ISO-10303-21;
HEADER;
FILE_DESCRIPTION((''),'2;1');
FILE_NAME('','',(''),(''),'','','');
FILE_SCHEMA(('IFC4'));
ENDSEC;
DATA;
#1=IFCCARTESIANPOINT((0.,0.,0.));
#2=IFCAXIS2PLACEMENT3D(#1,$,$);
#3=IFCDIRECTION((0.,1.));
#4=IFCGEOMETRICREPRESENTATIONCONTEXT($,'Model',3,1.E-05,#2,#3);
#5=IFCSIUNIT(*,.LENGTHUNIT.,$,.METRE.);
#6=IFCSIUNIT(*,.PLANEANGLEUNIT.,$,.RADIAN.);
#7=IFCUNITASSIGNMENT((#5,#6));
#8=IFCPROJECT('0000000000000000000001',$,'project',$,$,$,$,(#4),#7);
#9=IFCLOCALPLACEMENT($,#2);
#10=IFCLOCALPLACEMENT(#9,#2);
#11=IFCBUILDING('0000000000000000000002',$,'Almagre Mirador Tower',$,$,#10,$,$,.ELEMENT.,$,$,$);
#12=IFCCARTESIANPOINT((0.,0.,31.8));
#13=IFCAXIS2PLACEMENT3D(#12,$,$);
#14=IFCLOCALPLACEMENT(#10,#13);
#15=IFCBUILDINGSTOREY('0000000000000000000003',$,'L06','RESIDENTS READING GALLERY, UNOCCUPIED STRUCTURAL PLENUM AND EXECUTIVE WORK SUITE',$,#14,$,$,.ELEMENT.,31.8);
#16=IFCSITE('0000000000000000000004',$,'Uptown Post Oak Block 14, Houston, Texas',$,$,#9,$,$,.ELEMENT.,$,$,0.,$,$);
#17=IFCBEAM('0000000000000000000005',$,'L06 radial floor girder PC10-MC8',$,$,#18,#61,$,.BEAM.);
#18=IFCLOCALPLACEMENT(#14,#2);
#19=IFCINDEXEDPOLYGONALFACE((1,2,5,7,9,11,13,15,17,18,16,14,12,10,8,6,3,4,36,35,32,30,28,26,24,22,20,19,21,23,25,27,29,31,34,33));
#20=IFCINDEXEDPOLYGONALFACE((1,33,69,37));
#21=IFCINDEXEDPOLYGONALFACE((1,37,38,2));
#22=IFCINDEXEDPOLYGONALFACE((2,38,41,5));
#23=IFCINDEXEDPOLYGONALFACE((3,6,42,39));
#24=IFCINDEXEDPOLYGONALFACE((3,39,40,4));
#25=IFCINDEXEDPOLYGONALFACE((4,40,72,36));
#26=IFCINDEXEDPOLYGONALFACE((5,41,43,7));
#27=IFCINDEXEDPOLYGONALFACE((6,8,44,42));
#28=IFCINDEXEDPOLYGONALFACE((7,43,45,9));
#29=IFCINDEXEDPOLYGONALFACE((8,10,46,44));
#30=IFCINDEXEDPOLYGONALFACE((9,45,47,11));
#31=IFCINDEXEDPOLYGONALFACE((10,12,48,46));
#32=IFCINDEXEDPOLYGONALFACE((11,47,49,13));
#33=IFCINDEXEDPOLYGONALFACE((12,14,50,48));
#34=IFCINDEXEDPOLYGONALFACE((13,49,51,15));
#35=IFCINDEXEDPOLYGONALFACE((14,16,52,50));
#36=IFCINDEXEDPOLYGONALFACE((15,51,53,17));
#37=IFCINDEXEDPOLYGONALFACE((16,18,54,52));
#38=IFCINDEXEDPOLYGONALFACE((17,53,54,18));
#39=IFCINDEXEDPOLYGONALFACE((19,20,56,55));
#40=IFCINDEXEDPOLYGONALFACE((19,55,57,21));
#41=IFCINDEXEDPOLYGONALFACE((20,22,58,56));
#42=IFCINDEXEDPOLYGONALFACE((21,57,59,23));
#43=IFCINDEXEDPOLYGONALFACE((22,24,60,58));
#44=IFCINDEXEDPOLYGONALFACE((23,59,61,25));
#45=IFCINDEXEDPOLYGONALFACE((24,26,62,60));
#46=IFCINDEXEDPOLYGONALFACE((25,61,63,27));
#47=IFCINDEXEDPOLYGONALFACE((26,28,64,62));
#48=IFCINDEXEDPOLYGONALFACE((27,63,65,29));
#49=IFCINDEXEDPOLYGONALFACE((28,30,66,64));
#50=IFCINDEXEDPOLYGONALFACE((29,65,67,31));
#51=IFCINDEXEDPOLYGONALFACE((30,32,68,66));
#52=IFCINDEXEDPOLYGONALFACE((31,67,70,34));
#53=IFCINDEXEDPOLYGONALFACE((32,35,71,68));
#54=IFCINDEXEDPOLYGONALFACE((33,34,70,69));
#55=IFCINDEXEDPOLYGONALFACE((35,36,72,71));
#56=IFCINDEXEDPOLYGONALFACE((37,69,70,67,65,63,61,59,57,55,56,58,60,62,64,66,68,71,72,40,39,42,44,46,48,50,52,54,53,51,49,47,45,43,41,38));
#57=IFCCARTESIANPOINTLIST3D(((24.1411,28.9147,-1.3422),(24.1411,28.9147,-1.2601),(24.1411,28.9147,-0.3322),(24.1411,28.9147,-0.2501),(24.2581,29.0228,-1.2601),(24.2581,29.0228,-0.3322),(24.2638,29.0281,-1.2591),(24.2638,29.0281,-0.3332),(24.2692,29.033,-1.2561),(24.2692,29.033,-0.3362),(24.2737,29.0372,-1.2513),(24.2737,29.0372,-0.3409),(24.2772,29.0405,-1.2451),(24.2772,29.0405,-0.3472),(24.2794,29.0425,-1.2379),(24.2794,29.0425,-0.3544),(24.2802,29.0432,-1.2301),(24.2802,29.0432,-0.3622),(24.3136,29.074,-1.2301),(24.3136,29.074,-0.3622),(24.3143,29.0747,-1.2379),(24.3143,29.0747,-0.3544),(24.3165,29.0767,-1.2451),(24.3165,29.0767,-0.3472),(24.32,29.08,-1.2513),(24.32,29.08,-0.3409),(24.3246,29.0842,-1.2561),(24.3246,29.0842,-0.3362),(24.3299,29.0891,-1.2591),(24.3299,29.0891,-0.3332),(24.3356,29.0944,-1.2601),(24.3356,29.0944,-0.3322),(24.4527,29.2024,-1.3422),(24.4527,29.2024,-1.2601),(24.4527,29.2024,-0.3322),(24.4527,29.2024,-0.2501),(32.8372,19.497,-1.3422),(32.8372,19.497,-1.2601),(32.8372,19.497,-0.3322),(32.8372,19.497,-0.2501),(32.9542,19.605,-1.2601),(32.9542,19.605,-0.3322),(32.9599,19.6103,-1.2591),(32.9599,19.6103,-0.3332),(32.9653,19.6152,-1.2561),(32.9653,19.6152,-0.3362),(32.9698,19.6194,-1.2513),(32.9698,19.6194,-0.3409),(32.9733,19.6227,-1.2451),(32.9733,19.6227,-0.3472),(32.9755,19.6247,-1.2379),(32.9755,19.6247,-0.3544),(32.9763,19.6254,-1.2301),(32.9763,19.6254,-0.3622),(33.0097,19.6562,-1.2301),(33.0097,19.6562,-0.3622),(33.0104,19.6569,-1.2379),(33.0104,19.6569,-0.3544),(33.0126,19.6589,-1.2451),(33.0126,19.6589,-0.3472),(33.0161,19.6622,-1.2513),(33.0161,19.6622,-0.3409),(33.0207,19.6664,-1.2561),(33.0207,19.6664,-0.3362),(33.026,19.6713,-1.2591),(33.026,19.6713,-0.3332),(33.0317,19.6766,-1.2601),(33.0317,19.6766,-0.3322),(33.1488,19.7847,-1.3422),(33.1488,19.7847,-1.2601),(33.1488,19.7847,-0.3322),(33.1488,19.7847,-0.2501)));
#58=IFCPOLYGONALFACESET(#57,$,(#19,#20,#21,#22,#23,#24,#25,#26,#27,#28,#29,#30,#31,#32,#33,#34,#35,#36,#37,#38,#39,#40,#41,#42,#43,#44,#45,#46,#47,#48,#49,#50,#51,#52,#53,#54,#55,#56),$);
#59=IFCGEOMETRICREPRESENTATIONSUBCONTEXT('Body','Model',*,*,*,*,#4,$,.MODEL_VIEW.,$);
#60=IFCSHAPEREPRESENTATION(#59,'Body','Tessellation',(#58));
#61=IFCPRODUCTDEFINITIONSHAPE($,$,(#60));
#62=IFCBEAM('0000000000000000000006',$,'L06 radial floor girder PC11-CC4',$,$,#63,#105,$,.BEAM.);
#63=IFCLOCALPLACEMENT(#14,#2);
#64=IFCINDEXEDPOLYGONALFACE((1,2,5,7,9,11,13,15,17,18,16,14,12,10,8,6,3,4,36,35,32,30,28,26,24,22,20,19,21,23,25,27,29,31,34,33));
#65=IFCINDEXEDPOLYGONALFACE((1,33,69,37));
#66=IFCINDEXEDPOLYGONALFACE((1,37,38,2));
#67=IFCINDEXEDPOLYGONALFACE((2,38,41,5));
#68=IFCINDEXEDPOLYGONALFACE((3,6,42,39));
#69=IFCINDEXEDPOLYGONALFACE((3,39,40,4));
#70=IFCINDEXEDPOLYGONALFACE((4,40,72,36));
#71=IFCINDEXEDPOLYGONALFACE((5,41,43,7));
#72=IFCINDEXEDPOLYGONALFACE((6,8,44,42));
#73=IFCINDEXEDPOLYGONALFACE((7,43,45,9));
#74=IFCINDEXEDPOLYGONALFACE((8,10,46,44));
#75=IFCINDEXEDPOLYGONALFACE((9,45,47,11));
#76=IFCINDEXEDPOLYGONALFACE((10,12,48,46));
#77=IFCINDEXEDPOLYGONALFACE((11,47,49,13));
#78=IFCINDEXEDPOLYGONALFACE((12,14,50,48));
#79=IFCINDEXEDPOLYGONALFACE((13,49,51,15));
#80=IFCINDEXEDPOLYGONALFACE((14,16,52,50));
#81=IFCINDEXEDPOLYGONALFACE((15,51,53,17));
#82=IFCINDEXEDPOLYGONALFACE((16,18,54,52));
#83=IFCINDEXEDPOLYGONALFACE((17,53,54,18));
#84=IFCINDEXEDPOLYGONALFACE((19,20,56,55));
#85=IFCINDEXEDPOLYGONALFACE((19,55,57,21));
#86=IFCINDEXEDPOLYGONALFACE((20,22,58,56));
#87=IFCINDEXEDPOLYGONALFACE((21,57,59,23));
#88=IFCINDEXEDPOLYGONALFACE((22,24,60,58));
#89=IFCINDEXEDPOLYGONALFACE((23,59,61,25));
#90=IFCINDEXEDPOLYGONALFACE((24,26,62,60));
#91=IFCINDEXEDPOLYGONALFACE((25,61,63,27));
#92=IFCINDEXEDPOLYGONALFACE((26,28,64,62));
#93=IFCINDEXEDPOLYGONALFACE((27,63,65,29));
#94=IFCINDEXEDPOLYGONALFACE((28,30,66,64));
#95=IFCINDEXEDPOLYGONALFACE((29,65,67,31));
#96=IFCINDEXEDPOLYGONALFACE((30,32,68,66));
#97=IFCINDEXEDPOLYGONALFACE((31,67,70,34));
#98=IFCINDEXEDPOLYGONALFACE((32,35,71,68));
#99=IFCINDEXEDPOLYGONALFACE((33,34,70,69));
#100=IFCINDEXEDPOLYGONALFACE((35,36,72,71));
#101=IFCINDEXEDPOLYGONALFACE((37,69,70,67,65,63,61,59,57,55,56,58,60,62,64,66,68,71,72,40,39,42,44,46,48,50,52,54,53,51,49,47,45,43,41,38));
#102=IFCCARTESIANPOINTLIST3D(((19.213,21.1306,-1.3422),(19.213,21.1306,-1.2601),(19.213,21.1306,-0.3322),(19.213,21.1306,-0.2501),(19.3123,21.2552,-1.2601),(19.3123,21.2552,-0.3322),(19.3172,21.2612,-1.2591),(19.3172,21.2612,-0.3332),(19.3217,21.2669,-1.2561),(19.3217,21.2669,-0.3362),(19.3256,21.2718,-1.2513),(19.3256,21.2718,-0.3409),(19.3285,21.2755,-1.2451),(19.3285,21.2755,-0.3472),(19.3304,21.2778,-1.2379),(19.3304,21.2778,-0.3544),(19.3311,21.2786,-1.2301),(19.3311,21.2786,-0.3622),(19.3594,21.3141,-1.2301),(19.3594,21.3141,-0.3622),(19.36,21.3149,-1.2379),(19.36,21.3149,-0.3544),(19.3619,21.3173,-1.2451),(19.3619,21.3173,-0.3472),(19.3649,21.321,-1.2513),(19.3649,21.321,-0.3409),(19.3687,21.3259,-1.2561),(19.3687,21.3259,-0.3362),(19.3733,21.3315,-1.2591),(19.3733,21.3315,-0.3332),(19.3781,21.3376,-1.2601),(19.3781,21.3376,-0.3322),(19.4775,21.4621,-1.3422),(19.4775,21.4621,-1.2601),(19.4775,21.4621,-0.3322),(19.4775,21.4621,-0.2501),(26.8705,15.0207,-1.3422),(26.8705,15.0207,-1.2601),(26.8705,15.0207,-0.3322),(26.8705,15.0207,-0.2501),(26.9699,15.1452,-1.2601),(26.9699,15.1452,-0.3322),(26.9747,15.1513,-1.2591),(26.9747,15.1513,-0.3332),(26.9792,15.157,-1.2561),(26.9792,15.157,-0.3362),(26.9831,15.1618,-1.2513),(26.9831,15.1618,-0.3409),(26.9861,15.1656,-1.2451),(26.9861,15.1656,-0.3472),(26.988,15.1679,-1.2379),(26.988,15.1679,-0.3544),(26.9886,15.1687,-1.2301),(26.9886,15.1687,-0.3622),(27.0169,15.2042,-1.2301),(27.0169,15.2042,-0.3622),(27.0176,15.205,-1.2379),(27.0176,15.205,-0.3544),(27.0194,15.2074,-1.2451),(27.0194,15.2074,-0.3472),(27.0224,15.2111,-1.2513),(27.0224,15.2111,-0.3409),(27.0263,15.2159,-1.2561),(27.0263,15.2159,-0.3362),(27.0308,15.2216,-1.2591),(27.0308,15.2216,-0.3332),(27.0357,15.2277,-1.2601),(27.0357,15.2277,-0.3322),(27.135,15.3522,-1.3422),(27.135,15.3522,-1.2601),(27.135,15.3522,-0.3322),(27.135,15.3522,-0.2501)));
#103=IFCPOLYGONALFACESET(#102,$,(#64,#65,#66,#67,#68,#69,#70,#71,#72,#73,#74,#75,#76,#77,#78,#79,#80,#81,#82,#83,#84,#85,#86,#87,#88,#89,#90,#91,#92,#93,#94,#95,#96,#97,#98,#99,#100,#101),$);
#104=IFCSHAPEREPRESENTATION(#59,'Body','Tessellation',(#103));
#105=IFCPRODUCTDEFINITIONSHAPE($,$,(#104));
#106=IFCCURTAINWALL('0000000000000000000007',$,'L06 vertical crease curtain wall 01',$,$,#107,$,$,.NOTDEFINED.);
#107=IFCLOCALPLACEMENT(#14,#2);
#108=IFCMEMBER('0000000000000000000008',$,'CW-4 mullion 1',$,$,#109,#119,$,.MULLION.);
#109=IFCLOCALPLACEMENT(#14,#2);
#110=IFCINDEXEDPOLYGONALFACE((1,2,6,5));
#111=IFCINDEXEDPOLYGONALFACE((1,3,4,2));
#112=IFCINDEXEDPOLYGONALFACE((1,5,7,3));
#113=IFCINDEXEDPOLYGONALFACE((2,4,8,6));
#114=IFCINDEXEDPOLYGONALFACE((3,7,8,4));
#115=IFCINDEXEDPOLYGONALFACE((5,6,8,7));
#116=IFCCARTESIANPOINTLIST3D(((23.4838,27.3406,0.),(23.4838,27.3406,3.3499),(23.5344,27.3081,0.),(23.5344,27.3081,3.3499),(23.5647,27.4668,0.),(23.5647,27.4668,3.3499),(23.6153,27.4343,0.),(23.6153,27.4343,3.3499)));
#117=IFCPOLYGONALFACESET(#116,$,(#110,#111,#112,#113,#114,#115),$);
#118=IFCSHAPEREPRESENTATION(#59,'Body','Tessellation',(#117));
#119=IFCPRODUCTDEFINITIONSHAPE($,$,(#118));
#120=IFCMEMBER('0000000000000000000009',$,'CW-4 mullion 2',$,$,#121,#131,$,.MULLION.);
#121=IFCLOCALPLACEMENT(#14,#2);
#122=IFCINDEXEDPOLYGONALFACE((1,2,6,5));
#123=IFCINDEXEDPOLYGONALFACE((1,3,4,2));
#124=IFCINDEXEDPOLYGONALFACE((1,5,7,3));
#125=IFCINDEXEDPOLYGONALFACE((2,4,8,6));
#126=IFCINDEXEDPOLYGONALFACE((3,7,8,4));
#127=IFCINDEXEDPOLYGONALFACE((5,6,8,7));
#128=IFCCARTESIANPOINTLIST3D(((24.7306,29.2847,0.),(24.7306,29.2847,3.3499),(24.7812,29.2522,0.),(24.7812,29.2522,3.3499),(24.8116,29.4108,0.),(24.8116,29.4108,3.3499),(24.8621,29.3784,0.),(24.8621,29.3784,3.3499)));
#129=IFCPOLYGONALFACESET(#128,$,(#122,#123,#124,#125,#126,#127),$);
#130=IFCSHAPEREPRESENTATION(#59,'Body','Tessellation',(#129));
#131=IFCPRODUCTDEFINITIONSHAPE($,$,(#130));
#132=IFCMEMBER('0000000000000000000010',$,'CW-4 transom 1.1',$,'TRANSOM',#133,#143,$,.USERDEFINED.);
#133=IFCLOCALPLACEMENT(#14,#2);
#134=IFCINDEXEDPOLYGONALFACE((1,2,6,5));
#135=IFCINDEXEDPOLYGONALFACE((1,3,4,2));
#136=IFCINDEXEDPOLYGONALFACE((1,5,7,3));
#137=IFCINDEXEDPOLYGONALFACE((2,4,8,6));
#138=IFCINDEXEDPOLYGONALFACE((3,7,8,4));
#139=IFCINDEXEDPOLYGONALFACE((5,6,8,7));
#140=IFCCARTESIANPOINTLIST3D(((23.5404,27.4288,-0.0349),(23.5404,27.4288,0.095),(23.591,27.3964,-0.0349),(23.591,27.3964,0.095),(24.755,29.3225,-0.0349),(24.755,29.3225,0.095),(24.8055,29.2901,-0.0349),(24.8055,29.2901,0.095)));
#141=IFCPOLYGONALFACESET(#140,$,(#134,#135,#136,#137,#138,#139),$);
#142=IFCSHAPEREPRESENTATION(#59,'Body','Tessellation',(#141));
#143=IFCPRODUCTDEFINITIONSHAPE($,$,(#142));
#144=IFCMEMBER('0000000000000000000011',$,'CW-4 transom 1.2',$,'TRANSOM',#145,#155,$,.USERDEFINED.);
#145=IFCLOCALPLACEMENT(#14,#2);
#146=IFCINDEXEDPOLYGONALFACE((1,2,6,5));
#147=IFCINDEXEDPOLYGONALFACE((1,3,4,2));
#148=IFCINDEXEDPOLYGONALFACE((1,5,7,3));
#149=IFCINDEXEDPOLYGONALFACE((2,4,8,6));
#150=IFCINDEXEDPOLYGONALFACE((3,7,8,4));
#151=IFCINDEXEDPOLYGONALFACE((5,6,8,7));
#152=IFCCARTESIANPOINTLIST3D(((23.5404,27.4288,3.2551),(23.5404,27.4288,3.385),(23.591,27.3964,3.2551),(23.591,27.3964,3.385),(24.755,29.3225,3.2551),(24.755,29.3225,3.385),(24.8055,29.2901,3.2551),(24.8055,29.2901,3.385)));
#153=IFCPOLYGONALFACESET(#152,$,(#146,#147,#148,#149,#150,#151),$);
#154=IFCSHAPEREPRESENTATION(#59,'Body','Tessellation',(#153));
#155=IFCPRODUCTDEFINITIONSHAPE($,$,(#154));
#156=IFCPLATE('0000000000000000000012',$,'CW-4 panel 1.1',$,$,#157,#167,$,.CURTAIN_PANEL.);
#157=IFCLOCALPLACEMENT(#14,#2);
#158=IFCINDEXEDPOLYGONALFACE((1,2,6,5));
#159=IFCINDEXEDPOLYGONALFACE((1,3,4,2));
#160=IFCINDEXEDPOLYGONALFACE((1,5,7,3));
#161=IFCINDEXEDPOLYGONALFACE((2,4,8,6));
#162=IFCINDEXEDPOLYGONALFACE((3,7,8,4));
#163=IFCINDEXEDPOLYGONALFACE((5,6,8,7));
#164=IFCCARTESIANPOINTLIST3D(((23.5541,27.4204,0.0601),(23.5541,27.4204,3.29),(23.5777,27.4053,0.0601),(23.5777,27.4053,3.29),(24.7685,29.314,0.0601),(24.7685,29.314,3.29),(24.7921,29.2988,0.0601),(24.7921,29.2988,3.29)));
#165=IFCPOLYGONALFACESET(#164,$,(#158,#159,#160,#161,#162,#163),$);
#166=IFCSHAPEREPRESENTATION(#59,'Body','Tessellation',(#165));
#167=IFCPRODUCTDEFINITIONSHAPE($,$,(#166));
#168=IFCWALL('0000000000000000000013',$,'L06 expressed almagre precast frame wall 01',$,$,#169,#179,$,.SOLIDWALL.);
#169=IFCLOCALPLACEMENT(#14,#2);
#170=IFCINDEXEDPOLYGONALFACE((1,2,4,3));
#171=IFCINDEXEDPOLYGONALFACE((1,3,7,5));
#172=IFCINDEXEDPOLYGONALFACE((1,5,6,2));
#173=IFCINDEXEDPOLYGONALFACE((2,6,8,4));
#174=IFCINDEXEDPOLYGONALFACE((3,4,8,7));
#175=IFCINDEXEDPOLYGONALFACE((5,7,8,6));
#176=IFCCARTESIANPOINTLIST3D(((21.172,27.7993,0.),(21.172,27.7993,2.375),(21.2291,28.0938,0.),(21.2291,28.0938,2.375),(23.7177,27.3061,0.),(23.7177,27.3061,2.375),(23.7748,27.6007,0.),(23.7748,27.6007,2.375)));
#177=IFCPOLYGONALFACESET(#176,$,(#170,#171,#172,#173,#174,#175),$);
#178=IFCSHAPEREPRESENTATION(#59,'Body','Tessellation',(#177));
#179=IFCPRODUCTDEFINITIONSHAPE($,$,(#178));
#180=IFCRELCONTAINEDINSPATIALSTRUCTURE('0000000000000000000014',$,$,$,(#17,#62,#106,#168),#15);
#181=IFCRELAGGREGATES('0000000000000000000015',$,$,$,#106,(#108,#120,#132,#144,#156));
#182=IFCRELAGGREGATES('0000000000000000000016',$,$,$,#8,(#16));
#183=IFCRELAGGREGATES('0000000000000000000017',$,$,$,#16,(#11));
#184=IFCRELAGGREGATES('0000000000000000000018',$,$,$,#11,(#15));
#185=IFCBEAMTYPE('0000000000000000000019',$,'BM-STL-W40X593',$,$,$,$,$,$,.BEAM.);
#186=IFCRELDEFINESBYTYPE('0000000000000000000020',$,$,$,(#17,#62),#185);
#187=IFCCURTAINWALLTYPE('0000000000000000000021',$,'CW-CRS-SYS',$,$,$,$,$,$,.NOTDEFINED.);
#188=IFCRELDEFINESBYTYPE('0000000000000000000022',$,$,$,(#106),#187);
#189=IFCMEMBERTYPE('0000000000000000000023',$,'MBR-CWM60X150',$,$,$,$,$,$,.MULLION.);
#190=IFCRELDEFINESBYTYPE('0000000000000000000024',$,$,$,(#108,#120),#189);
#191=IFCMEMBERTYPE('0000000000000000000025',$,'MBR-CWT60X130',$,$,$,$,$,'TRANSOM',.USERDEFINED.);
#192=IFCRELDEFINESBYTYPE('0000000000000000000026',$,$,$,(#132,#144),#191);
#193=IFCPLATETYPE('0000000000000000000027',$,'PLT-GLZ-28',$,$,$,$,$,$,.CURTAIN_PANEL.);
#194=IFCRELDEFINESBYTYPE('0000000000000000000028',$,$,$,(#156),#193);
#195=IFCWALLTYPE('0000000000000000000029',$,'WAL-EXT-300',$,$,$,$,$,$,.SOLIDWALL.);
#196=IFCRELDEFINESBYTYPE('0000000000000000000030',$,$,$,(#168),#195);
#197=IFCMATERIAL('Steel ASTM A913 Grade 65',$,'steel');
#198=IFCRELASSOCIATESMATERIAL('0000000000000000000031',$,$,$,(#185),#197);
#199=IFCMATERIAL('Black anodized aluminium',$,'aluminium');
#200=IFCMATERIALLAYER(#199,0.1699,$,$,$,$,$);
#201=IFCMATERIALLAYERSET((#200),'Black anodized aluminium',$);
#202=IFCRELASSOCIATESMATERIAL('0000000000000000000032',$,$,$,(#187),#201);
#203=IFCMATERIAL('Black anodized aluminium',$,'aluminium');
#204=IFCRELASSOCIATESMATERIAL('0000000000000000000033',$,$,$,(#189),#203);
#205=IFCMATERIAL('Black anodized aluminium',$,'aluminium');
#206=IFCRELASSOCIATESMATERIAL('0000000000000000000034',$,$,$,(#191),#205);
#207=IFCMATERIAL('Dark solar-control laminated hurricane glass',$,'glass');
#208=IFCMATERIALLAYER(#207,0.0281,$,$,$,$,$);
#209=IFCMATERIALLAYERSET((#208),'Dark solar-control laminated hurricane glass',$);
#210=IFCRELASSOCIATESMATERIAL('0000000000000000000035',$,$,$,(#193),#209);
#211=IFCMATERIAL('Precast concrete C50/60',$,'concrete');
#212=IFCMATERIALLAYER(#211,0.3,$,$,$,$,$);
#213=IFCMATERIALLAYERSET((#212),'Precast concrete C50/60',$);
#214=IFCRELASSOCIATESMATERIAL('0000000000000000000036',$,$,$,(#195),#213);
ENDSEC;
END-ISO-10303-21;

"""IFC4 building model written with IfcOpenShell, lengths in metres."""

from ifc_helpers import new_model, si_unit, direction, frame, frame_2d, origin, origin_2d, place, context, subcontext, project, spatial, rectangle, i_section, extrude, material, layer, layer_set, material_profile, profile_set, type_object, element, aggregate, save


model = new_model("IFC4")

# Units and contexts
model_context = context("Model", 3, precision=1e-05, world=origin(), true_north=direction((0.0, 1.0)))
body_context = subcontext(model_context, "Body", "Model", "MODEL_VIEW")
ifc_project = project(units=[si_unit("LENGTHUNIT", "METRE"), si_unit("PLANEANGLEUNIT", "RADIAN")], contexts=[model_context])

# Site, building, storey
site_placement = place(None, origin())
site = spatial("IfcSite", under=ifc_project, at=site_placement, Name="Uptown Post Oak Block 14, Houston, Texas", CompositionType="ELEMENT", RefElevation=0.0)
building_placement = place(site_placement, origin())
building = spatial("IfcBuilding", under=site, at=building_placement, Name="Almagre Mirador Tower", CompositionType="ELEMENT")
storey_placement = place(building_placement, frame((0.0, 0.0, 31.8)))
storey = spatial("IfcBuildingStorey", under=building, at=storey_placement, Name="L06", Description="RESIDENTS READING GALLERY, UNOCCUPIED STRUCTURAL PLENUM AND EXECUTIVE WORK SUITE", CompositionType="ELEMENT", Elevation=31.8)

# Beams
ifc_material_1 = material(Name="Steel ASTM A913 Grade 65", Category="steel")
ifc_material_profile_1 = material_profile(ifc_material_1, i_section(OverallWidth=0.4241, OverallDepth=1.092, WebThickness=0.0454, FlangeThickness=0.082, FilletRadius=0.03, at=origin_2d()), Name="W40X593")
ifc_profile_set_1 = profile_set([ifc_material_profile_1], Name="Steel ASTM A913 Grade 65")
beam_type_1 = type_object("IfcBeamType", Name="BM-STL-W40X593", PredefinedType="BEAM", material=ifc_profile_set_1)
beam_1_placement = place(storey_placement, frame((24.2969, 29.0586, -0.7961), z_axis=(0.678396, -0.734696, 0.0), x_axis=(0.734696, 0.678396, 0.0)))
element("IfcBeam", 1, at=beam_1_placement, inside=storey, type_object=beam_type_1, Name="L06 radial floor girder PC10-MC8", PredefinedType="BEAM", context=body_context, shape_type="SweptSolid", body=[
    extrude(i_section(OverallWidth=0.4241, OverallDepth=1.092, WebThickness=0.0454, FlangeThickness=0.082, FilletRadius=0.03, at=origin_2d()), origin(), (0.0, 0.0, 1.0), 12.8186),
])
beam_2_placement = place(storey_placement, frame((19.3452, 21.2964, -0.7961), z_axis=(0.781671, -0.623692, 0.0), x_axis=(0.623692, 0.781671, 0.0)))
element("IfcBeam", 2, at=beam_2_placement, inside=storey, type_object=beam_type_1, Name="L06 radial floor girder PC11-CC4", PredefinedType="BEAM", context=body_context, shape_type="SweptSolid", body=[
    extrude(i_section(OverallWidth=0.4241, OverallDepth=1.092, WebThickness=0.0454, FlangeThickness=0.082, FilletRadius=0.03, at=origin_2d()), origin(), (0.0, 0.0, 1.0), 9.7964),
])

# Curtain wall, members, plate
ifc_material_2 = material(Name="Black anodized aluminium", Category="aluminium")
ifc_layer_1 = layer(ifc_material_2, 0.1699)
ifc_layer_set_1 = layer_set([ifc_layer_1], Name="Black anodized aluminium")
curtain_wall_type = type_object("IfcCurtainWallType", Name="CW-CRS-SYS", PredefinedType="NOTDEFINED", material=ifc_layer_set_1)
curtain_wall_placement = place(storey_placement, origin())
curtain_wall = element("IfcCurtainWall", 3, at=curtain_wall_placement, inside=storey, type_object=curtain_wall_type, Name="L06 vertical crease curtain wall 01", PredefinedType="NOTDEFINED")
ifc_material_3 = material(Name="Black anodized aluminium", Category="aluminium")
ifc_material_profile_2 = material_profile(ifc_material_3, rectangle(XDim=0.0601, YDim=0.1499, at=origin_2d()), Name="CWM60X150")
ifc_profile_set_2 = profile_set([ifc_material_profile_2], Name="Black anodized aluminium")
member_type_1 = type_object("IfcMemberType", Name="MBR-CWM60X150", PredefinedType="MULLION", material=ifc_profile_set_2)
member_1_placement = place(storey_placement, frame((23.5496, 27.3875, 0.0), z_axis=(0.0, 0.0, 1.0), x_axis=(-0.841762, 0.539849, 0.0)))
member_1 = element("IfcMember", 4, at=member_1_placement, type_object=member_type_1, Name="CW-4 mullion 1", PredefinedType="MULLION", context=body_context, shape_type="SweptSolid", body=[
    extrude(rectangle(XDim=0.0601, YDim=0.1499, at=origin_2d()), origin(), (0.0, 0.0, 1.0), 3.3499),
])
member_2_placement = place(storey_placement, frame((24.7964, 29.3315, 0.0), z_axis=(0.0, 0.0, 1.0), x_axis=(-0.841762, 0.539849, 0.0)))
member_2 = element("IfcMember", 5, at=member_2_placement, type_object=member_type_1, Name="CW-4 mullion 2", PredefinedType="MULLION", context=body_context, shape_type="SweptSolid", body=[
    extrude(rectangle(XDim=0.0601, YDim=0.1499, at=origin_2d()), origin(), (0.0, 0.0, 1.0), 3.3499),
])
ifc_material_4 = material(Name="Black anodized aluminium", Category="aluminium")
ifc_material_profile_3 = material_profile(ifc_material_4, rectangle(XDim=0.0601, YDim=0.1299, at=origin_2d()), Name="CWT60X130")
ifc_profile_set_3 = profile_set([ifc_material_profile_3], Name="Black anodized aluminium")
member_type_2 = type_object("IfcMemberType", Name="MBR-CWT60X130", ElementType="TRANSOM", PredefinedType="USERDEFINED", material=ifc_profile_set_3)
member_3_placement = place(storey_placement, frame((23.5657, 27.4126, 0.03), z_axis=(0.539863, 0.841753, 0.0), x_axis=(-0.841753, 0.539863, 0.0)))
member_3 = element("IfcMember", 6, at=member_3_placement, type_object=member_type_2, Name="CW-4 transom 1.1", ObjectType="TRANSOM", PredefinedType="USERDEFINED", context=body_context, shape_type="SweptSolid", body=[
    extrude(rectangle(XDim=0.0601, YDim=0.1299, at=origin_2d()), origin(), (0.0, 0.0, 1.0), 2.2498),
])
member_4_placement = place(storey_placement, frame((23.5657, 27.4126, 3.3201), z_axis=(0.539863, 0.841753, 0.0), x_axis=(-0.841753, 0.539863, 0.0)))
member_4 = element("IfcMember", 7, at=member_4_placement, type_object=member_type_2, Name="CW-4 transom 1.2", ObjectType="TRANSOM", PredefinedType="USERDEFINED", context=body_context, shape_type="SweptSolid", body=[
    extrude(rectangle(XDim=0.0601, YDim=0.1299, at=origin_2d()), origin(), (0.0, 0.0, 1.0), 2.2498),
])
ifc_material_5 = material(Name="Dark solar-control laminated hurricane glass", Category="glass")
ifc_layer_2 = layer(ifc_material_5, 0.0281)
ifc_layer_set_2 = layer_set([ifc_layer_2], Name="Dark solar-control laminated hurricane glass")
plate_type = type_object("IfcPlateType", Name="PLT-GLZ-28", PredefinedType="CURTAIN_PANEL", material=ifc_layer_set_2)
plate_placement = place(storey_placement, frame((24.1731, 28.3596, 0.0601), z_axis=(0.0, 0.0, 1.0), x_axis=(0.539849, 0.841762, 0.0)))
plate = element("IfcPlate", 8, at=plate_placement, type_object=plate_type, Name="CW-4 panel 1.1", PredefinedType="CURTAIN_PANEL", context=body_context, shape_type="SweptSolid", body=[
    extrude(rectangle(XDim=2.2495, YDim=0.0281, at=origin_2d()), origin(), (0.0, 0.0, 1.0), 3.23),
])
aggregate(curtain_wall, [member_1, member_2, member_3, member_4, plate])

# Wall
ifc_material_6 = material(Name="Precast concrete C50/60", Category="concrete")
ifc_layer_3 = layer(ifc_material_6, 0.3)
ifc_layer_set_3 = layer_set([ifc_layer_3], Name="Precast concrete C50/60")
wall_type_1 = type_object("IfcWallType", Name="WAL-EXT-300", PredefinedType="SOLIDWALL", material=ifc_layer_set_3)
wall_1_placement = place(storey_placement, frame((21.2007, 27.9465, 0.0), z_axis=(0.0, 0.0, 1.0), x_axis=(0.981747, -0.190192, 0.0)))
element("IfcWall", 9, at=wall_1_placement, inside=storey, type_object=wall_type_1, Name="L06 expressed almagre precast frame wall 01", PredefinedType="SOLIDWALL", context=body_context, shape_type="SweptSolid", body=[
    extrude(rectangle(XDim=2.593, YDim=0.3, at=frame_2d((1.2964, 0.0))), origin(), (0.0, 0.0, 1.0), 2.375),
])

save(model, "model.ifc")
